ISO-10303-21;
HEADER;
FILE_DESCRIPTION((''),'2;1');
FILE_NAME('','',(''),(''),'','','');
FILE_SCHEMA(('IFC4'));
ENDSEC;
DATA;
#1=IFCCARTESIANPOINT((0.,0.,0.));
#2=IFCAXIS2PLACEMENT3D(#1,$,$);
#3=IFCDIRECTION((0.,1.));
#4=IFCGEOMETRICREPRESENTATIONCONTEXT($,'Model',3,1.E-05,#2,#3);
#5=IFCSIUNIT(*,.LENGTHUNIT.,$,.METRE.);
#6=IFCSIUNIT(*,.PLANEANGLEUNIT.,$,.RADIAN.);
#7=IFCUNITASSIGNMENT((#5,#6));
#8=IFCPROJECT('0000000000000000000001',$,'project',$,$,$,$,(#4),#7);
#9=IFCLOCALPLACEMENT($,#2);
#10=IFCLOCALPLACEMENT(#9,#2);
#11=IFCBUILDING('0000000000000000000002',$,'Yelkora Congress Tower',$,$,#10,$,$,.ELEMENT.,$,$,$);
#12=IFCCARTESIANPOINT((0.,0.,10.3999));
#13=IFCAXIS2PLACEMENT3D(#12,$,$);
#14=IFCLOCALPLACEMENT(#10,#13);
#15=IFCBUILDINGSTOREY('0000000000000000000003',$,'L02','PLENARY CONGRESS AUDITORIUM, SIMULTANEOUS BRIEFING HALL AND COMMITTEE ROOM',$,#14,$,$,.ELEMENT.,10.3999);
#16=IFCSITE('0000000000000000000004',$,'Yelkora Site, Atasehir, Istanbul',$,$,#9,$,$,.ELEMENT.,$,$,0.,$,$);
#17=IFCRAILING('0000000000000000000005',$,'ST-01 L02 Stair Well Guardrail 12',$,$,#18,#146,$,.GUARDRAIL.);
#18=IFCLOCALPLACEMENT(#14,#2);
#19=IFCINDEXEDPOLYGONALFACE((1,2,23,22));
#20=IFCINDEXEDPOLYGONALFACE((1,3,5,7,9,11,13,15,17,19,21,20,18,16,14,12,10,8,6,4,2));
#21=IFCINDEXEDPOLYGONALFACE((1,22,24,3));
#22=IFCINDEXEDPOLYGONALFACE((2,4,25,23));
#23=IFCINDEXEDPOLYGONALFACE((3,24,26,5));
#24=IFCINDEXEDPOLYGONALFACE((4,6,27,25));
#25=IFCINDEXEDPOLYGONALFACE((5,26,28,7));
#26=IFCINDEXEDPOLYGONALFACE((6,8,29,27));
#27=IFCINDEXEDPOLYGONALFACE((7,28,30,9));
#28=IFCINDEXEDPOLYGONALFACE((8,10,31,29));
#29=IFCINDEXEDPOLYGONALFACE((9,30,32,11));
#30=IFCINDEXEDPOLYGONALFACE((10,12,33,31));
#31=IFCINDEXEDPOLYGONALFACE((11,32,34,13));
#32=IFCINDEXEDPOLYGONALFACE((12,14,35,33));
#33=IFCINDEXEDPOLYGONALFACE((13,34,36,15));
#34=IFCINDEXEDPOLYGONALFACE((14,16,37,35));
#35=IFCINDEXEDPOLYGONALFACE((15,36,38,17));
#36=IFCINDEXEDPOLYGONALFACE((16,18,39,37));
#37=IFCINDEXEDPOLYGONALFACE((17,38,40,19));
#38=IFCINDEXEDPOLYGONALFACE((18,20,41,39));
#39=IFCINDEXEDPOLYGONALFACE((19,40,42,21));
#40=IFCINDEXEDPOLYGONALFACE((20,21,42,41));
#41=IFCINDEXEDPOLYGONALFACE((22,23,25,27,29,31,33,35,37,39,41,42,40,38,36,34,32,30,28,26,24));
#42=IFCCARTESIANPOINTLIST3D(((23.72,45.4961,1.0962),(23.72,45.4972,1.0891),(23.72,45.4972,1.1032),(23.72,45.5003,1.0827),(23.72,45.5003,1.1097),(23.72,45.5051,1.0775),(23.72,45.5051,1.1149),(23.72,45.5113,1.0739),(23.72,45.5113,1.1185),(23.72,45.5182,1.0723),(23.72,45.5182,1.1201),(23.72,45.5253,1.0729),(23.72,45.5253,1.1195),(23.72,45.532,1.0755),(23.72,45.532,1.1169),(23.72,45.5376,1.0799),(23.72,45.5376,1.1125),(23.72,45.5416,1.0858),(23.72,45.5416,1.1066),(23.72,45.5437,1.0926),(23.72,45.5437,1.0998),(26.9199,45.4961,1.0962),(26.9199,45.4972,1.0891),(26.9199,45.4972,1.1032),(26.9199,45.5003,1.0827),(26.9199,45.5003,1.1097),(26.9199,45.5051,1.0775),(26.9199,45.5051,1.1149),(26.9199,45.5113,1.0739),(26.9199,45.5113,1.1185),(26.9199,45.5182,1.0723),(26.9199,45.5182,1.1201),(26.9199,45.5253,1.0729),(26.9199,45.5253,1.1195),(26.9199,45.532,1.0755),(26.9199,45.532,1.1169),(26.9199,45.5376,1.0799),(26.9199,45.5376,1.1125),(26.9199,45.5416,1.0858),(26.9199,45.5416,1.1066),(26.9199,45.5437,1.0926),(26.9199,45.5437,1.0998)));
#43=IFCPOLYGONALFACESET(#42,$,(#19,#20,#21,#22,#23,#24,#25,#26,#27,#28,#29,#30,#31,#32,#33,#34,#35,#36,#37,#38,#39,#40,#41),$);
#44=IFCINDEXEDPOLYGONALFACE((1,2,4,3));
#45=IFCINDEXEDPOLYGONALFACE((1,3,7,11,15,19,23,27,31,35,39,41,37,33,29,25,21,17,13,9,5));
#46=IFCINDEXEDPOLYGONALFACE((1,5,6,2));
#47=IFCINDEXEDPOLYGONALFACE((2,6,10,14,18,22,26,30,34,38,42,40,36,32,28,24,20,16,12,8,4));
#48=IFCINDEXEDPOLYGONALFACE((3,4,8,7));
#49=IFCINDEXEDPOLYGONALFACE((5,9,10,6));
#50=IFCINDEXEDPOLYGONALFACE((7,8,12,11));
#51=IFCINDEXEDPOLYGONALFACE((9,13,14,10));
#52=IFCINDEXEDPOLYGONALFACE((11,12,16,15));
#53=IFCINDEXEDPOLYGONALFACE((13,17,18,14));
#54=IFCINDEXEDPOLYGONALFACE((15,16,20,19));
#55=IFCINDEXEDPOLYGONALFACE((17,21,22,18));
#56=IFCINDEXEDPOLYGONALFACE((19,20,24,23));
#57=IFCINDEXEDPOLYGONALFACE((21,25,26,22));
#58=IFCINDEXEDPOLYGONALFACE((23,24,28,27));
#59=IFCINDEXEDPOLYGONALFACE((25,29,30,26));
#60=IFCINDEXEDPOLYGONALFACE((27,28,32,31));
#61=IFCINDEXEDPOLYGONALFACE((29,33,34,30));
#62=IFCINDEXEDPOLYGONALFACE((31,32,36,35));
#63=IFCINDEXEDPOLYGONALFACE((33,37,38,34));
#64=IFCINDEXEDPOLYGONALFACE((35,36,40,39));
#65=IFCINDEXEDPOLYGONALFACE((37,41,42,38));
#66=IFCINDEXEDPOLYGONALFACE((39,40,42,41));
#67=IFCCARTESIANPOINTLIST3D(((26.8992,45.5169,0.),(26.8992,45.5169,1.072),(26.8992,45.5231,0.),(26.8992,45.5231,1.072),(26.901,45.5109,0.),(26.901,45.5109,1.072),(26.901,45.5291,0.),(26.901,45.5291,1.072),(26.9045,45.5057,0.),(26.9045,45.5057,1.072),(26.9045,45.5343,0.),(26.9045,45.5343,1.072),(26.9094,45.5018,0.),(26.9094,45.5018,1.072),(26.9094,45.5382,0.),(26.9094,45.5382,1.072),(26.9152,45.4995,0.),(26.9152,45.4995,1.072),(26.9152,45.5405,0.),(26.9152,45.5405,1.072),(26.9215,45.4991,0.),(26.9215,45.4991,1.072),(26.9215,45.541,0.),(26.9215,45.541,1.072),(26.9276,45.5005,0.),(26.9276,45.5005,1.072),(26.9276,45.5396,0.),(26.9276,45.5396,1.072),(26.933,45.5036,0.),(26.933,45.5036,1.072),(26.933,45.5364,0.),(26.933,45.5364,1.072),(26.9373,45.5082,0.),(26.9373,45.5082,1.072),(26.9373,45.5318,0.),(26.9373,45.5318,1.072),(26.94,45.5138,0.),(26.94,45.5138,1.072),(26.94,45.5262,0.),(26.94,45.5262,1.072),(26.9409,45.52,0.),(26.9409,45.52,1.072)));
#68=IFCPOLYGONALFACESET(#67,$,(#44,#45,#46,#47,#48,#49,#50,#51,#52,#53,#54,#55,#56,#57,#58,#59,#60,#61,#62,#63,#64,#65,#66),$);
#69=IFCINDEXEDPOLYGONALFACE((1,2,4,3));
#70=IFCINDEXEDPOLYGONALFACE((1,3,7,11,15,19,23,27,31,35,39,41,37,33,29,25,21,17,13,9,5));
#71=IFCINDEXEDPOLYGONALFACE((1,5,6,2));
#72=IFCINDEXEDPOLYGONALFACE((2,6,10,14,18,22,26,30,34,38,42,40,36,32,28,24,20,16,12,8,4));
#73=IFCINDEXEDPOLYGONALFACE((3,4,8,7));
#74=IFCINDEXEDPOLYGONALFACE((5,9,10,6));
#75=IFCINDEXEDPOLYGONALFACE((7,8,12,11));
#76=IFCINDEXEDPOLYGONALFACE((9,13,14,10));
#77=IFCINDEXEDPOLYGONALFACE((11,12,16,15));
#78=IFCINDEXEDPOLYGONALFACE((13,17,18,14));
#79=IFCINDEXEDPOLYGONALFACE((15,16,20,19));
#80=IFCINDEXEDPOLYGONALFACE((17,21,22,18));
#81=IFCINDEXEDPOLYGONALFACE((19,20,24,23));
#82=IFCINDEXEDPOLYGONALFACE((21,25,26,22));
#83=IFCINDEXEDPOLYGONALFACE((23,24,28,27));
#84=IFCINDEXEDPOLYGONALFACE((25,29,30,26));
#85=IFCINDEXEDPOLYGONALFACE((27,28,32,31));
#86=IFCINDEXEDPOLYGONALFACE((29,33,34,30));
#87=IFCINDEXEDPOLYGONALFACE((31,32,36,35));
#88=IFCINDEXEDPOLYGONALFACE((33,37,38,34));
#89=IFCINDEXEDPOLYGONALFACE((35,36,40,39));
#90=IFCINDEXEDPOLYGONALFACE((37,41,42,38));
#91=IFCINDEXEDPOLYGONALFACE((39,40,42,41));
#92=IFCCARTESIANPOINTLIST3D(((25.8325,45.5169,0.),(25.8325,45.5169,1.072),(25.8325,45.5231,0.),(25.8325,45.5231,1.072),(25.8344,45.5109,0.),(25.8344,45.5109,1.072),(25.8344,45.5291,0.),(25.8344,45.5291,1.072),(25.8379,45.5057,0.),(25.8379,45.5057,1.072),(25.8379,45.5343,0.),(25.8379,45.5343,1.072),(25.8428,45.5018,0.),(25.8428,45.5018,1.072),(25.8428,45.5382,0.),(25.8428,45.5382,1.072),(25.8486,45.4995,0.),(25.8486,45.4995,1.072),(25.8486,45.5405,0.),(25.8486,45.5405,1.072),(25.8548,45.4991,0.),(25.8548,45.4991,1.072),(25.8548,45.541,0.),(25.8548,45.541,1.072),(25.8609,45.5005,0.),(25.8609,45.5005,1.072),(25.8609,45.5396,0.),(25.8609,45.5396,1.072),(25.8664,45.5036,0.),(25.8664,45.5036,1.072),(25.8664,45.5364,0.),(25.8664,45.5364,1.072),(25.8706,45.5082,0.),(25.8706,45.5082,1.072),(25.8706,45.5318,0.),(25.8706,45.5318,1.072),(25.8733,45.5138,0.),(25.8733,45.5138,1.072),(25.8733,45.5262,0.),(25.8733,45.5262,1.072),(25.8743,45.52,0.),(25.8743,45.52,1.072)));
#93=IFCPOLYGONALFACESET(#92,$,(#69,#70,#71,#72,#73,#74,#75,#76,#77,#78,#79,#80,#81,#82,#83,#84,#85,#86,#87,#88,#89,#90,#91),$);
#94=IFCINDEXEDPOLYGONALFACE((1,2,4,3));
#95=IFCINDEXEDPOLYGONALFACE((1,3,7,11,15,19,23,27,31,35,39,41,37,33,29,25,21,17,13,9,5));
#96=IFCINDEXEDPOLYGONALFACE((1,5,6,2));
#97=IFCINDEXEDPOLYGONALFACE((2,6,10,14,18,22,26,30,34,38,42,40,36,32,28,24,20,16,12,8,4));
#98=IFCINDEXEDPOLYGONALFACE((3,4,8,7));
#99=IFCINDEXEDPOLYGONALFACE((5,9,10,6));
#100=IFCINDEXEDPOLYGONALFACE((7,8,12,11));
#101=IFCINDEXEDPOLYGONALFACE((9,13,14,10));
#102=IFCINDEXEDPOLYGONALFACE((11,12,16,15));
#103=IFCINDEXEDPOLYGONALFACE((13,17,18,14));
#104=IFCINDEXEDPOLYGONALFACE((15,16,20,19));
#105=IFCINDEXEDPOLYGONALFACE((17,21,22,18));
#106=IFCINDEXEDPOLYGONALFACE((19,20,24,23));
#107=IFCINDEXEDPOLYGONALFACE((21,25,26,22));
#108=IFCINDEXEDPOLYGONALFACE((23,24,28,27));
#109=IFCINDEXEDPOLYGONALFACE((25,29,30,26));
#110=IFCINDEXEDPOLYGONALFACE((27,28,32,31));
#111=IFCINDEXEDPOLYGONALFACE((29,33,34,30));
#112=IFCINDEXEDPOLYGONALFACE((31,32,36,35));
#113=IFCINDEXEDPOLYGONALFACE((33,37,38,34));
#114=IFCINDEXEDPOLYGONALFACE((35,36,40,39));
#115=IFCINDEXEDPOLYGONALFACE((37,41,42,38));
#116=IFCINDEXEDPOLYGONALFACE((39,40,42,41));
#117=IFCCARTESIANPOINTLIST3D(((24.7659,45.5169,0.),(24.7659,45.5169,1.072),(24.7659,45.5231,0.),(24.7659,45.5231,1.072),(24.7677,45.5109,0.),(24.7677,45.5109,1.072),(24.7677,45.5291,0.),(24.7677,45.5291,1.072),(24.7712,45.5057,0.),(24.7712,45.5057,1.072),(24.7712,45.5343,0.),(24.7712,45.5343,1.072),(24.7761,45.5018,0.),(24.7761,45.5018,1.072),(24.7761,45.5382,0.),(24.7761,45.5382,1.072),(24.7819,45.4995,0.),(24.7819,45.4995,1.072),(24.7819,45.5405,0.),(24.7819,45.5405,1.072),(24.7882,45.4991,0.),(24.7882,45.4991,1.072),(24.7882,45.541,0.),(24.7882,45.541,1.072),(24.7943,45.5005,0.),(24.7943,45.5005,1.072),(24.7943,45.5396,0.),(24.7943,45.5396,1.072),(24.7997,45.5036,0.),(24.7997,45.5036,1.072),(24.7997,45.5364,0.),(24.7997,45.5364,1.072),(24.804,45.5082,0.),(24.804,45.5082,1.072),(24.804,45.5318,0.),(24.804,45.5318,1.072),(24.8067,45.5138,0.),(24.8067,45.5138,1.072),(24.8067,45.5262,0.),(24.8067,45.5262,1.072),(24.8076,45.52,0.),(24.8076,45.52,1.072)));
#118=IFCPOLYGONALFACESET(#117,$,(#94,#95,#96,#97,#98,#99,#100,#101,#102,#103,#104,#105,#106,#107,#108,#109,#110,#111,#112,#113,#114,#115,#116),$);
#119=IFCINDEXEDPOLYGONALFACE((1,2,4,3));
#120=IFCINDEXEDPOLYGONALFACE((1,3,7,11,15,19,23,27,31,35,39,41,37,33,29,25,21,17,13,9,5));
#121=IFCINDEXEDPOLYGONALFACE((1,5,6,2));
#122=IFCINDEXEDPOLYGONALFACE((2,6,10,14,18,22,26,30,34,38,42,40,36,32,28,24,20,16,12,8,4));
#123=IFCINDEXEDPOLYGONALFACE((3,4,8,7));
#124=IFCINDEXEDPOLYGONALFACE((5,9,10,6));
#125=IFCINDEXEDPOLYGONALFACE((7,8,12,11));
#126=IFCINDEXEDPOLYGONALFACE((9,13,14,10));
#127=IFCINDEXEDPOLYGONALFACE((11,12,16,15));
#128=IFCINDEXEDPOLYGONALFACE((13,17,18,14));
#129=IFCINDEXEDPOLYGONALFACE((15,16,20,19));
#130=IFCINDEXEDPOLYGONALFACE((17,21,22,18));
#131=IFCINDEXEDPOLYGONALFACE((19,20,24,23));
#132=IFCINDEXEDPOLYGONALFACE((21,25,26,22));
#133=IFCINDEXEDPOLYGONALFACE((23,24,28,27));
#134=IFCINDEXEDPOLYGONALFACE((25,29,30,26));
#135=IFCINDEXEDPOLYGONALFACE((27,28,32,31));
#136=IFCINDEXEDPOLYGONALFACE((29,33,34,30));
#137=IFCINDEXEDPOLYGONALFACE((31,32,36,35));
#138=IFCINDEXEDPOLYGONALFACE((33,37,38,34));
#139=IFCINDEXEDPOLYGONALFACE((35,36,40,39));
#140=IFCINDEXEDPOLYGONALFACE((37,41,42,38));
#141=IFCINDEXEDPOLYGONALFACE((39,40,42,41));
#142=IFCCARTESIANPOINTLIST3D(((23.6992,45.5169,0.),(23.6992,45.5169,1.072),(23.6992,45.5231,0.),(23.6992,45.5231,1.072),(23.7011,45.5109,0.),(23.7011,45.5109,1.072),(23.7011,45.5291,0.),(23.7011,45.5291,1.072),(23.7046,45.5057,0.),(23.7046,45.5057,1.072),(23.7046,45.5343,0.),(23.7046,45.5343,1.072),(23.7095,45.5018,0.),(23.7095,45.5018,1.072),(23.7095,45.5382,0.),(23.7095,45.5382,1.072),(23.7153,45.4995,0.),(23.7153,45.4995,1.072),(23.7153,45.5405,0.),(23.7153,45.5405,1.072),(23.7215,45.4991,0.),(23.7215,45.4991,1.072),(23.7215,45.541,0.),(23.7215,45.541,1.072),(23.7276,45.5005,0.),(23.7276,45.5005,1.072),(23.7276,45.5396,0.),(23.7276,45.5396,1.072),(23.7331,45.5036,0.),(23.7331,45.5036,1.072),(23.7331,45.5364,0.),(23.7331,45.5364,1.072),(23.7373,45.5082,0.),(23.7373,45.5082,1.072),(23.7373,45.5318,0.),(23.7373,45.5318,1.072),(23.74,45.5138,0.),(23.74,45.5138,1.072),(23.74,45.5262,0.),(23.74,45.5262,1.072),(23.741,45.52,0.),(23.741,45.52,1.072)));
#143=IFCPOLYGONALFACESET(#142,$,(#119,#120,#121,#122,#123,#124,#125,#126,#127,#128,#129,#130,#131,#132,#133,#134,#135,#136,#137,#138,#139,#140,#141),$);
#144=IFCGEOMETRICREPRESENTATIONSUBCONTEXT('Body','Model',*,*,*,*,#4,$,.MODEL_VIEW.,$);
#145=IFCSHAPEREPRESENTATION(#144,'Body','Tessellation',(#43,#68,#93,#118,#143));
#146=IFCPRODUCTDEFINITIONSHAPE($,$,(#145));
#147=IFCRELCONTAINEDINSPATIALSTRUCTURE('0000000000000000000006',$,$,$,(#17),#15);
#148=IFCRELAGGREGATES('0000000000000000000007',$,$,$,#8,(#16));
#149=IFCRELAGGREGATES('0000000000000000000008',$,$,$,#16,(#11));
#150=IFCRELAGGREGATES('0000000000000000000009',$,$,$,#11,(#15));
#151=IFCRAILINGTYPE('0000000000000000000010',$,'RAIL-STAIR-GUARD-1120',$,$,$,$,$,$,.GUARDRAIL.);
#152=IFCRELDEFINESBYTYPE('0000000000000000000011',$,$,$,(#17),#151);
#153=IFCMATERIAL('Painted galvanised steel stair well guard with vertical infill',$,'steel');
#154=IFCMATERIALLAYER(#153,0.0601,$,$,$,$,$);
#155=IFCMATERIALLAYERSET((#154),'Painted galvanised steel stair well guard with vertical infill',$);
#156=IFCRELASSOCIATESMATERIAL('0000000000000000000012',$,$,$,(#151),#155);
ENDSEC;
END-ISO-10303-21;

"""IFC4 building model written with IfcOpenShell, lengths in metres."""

from ifc_helpers import new_model, si_unit, direction, frame, origin, origin_2d, place, context, subcontext, project, spatial, circle, extrude, material, layer, layer_set, type_object, element, save


model = new_model("IFC4")

# Units and contexts
model_context = context("Model", 3, precision=1e-05, world=origin(), true_north=direction((0.0, 1.0)))
body_context = subcontext(model_context, "Body", "Model", "MODEL_VIEW")
ifc_project = project(units=[si_unit("LENGTHUNIT", "METRE"), si_unit("PLANEANGLEUNIT", "RADIAN")], contexts=[model_context])

# Site, building, storey
site_placement = place(None, origin())
site = spatial("IfcSite", under=ifc_project, at=site_placement, Name="Yelkora Site, Atasehir, Istanbul", CompositionType="ELEMENT", RefElevation=0.0)
building_placement = place(site_placement, origin())
building = spatial("IfcBuilding", under=site, at=building_placement, Name="Yelkora Congress Tower", CompositionType="ELEMENT")
storey_placement = place(building_placement, frame((0.0, 0.0, 10.3999)))
storey = spatial("IfcBuildingStorey", under=building, at=storey_placement, Name="L02", Description="PLENARY CONGRESS AUDITORIUM, SIMULTANEOUS BRIEFING HALL AND COMMITTEE ROOM", CompositionType="ELEMENT", Elevation=10.3999)

# Railing
ifc_material_1 = material(Name="Painted galvanised steel stair well guard with vertical infill", Category="steel")
ifc_layer_1 = layer(ifc_material_1, 0.0601)
ifc_layer_set_1 = layer_set([ifc_layer_1], Name="Painted galvanised steel stair well guard with vertical infill")
railing_type_1 = type_object("IfcRailingType", Name="RAIL-STAIR-GUARD-1120", PredefinedType="GUARDRAIL", material=ifc_layer_set_1)
railing_1_placement = place(storey_placement, frame((26.9199, 45.52, 0.0)))
element("IfcRailing", 1, at=railing_1_placement, inside=storey, type_object=railing_type_1, Name="ST-01 L02 Stair Well Guardrail 12", PredefinedType="GUARDRAIL", context=body_context, shape_type="SweptSolid", body=[
    extrude(circle(Radius=0.0239, at=origin_2d()), frame((0.0, 0.0, 1.0962), z_axis=(-1.0, 0.0, 0.0), x_axis=(0.0, -1.0, 0.0)), (0.0, 0.0, 1.0), 3.2),
    extrude(circle(Radius=0.021, at=origin_2d()), origin(), (0.0, 0.0, 1.0), 1.072),
    extrude(circle(Radius=0.021, at=origin_2d()), frame((-1.0667, 0.0, 0.0)), (0.0, 0.0, 1.0), 1.072),
    extrude(circle(Radius=0.021, at=origin_2d()), frame((-2.1333, 0.0, 0.0)), (0.0, 0.0, 1.0), 1.072),
    extrude(circle(Radius=0.021, at=origin_2d()), frame((-3.2, 0.0, 0.0)), (0.0, 0.0, 1.0), 1.072),
])

save(model, "model.ifc")
